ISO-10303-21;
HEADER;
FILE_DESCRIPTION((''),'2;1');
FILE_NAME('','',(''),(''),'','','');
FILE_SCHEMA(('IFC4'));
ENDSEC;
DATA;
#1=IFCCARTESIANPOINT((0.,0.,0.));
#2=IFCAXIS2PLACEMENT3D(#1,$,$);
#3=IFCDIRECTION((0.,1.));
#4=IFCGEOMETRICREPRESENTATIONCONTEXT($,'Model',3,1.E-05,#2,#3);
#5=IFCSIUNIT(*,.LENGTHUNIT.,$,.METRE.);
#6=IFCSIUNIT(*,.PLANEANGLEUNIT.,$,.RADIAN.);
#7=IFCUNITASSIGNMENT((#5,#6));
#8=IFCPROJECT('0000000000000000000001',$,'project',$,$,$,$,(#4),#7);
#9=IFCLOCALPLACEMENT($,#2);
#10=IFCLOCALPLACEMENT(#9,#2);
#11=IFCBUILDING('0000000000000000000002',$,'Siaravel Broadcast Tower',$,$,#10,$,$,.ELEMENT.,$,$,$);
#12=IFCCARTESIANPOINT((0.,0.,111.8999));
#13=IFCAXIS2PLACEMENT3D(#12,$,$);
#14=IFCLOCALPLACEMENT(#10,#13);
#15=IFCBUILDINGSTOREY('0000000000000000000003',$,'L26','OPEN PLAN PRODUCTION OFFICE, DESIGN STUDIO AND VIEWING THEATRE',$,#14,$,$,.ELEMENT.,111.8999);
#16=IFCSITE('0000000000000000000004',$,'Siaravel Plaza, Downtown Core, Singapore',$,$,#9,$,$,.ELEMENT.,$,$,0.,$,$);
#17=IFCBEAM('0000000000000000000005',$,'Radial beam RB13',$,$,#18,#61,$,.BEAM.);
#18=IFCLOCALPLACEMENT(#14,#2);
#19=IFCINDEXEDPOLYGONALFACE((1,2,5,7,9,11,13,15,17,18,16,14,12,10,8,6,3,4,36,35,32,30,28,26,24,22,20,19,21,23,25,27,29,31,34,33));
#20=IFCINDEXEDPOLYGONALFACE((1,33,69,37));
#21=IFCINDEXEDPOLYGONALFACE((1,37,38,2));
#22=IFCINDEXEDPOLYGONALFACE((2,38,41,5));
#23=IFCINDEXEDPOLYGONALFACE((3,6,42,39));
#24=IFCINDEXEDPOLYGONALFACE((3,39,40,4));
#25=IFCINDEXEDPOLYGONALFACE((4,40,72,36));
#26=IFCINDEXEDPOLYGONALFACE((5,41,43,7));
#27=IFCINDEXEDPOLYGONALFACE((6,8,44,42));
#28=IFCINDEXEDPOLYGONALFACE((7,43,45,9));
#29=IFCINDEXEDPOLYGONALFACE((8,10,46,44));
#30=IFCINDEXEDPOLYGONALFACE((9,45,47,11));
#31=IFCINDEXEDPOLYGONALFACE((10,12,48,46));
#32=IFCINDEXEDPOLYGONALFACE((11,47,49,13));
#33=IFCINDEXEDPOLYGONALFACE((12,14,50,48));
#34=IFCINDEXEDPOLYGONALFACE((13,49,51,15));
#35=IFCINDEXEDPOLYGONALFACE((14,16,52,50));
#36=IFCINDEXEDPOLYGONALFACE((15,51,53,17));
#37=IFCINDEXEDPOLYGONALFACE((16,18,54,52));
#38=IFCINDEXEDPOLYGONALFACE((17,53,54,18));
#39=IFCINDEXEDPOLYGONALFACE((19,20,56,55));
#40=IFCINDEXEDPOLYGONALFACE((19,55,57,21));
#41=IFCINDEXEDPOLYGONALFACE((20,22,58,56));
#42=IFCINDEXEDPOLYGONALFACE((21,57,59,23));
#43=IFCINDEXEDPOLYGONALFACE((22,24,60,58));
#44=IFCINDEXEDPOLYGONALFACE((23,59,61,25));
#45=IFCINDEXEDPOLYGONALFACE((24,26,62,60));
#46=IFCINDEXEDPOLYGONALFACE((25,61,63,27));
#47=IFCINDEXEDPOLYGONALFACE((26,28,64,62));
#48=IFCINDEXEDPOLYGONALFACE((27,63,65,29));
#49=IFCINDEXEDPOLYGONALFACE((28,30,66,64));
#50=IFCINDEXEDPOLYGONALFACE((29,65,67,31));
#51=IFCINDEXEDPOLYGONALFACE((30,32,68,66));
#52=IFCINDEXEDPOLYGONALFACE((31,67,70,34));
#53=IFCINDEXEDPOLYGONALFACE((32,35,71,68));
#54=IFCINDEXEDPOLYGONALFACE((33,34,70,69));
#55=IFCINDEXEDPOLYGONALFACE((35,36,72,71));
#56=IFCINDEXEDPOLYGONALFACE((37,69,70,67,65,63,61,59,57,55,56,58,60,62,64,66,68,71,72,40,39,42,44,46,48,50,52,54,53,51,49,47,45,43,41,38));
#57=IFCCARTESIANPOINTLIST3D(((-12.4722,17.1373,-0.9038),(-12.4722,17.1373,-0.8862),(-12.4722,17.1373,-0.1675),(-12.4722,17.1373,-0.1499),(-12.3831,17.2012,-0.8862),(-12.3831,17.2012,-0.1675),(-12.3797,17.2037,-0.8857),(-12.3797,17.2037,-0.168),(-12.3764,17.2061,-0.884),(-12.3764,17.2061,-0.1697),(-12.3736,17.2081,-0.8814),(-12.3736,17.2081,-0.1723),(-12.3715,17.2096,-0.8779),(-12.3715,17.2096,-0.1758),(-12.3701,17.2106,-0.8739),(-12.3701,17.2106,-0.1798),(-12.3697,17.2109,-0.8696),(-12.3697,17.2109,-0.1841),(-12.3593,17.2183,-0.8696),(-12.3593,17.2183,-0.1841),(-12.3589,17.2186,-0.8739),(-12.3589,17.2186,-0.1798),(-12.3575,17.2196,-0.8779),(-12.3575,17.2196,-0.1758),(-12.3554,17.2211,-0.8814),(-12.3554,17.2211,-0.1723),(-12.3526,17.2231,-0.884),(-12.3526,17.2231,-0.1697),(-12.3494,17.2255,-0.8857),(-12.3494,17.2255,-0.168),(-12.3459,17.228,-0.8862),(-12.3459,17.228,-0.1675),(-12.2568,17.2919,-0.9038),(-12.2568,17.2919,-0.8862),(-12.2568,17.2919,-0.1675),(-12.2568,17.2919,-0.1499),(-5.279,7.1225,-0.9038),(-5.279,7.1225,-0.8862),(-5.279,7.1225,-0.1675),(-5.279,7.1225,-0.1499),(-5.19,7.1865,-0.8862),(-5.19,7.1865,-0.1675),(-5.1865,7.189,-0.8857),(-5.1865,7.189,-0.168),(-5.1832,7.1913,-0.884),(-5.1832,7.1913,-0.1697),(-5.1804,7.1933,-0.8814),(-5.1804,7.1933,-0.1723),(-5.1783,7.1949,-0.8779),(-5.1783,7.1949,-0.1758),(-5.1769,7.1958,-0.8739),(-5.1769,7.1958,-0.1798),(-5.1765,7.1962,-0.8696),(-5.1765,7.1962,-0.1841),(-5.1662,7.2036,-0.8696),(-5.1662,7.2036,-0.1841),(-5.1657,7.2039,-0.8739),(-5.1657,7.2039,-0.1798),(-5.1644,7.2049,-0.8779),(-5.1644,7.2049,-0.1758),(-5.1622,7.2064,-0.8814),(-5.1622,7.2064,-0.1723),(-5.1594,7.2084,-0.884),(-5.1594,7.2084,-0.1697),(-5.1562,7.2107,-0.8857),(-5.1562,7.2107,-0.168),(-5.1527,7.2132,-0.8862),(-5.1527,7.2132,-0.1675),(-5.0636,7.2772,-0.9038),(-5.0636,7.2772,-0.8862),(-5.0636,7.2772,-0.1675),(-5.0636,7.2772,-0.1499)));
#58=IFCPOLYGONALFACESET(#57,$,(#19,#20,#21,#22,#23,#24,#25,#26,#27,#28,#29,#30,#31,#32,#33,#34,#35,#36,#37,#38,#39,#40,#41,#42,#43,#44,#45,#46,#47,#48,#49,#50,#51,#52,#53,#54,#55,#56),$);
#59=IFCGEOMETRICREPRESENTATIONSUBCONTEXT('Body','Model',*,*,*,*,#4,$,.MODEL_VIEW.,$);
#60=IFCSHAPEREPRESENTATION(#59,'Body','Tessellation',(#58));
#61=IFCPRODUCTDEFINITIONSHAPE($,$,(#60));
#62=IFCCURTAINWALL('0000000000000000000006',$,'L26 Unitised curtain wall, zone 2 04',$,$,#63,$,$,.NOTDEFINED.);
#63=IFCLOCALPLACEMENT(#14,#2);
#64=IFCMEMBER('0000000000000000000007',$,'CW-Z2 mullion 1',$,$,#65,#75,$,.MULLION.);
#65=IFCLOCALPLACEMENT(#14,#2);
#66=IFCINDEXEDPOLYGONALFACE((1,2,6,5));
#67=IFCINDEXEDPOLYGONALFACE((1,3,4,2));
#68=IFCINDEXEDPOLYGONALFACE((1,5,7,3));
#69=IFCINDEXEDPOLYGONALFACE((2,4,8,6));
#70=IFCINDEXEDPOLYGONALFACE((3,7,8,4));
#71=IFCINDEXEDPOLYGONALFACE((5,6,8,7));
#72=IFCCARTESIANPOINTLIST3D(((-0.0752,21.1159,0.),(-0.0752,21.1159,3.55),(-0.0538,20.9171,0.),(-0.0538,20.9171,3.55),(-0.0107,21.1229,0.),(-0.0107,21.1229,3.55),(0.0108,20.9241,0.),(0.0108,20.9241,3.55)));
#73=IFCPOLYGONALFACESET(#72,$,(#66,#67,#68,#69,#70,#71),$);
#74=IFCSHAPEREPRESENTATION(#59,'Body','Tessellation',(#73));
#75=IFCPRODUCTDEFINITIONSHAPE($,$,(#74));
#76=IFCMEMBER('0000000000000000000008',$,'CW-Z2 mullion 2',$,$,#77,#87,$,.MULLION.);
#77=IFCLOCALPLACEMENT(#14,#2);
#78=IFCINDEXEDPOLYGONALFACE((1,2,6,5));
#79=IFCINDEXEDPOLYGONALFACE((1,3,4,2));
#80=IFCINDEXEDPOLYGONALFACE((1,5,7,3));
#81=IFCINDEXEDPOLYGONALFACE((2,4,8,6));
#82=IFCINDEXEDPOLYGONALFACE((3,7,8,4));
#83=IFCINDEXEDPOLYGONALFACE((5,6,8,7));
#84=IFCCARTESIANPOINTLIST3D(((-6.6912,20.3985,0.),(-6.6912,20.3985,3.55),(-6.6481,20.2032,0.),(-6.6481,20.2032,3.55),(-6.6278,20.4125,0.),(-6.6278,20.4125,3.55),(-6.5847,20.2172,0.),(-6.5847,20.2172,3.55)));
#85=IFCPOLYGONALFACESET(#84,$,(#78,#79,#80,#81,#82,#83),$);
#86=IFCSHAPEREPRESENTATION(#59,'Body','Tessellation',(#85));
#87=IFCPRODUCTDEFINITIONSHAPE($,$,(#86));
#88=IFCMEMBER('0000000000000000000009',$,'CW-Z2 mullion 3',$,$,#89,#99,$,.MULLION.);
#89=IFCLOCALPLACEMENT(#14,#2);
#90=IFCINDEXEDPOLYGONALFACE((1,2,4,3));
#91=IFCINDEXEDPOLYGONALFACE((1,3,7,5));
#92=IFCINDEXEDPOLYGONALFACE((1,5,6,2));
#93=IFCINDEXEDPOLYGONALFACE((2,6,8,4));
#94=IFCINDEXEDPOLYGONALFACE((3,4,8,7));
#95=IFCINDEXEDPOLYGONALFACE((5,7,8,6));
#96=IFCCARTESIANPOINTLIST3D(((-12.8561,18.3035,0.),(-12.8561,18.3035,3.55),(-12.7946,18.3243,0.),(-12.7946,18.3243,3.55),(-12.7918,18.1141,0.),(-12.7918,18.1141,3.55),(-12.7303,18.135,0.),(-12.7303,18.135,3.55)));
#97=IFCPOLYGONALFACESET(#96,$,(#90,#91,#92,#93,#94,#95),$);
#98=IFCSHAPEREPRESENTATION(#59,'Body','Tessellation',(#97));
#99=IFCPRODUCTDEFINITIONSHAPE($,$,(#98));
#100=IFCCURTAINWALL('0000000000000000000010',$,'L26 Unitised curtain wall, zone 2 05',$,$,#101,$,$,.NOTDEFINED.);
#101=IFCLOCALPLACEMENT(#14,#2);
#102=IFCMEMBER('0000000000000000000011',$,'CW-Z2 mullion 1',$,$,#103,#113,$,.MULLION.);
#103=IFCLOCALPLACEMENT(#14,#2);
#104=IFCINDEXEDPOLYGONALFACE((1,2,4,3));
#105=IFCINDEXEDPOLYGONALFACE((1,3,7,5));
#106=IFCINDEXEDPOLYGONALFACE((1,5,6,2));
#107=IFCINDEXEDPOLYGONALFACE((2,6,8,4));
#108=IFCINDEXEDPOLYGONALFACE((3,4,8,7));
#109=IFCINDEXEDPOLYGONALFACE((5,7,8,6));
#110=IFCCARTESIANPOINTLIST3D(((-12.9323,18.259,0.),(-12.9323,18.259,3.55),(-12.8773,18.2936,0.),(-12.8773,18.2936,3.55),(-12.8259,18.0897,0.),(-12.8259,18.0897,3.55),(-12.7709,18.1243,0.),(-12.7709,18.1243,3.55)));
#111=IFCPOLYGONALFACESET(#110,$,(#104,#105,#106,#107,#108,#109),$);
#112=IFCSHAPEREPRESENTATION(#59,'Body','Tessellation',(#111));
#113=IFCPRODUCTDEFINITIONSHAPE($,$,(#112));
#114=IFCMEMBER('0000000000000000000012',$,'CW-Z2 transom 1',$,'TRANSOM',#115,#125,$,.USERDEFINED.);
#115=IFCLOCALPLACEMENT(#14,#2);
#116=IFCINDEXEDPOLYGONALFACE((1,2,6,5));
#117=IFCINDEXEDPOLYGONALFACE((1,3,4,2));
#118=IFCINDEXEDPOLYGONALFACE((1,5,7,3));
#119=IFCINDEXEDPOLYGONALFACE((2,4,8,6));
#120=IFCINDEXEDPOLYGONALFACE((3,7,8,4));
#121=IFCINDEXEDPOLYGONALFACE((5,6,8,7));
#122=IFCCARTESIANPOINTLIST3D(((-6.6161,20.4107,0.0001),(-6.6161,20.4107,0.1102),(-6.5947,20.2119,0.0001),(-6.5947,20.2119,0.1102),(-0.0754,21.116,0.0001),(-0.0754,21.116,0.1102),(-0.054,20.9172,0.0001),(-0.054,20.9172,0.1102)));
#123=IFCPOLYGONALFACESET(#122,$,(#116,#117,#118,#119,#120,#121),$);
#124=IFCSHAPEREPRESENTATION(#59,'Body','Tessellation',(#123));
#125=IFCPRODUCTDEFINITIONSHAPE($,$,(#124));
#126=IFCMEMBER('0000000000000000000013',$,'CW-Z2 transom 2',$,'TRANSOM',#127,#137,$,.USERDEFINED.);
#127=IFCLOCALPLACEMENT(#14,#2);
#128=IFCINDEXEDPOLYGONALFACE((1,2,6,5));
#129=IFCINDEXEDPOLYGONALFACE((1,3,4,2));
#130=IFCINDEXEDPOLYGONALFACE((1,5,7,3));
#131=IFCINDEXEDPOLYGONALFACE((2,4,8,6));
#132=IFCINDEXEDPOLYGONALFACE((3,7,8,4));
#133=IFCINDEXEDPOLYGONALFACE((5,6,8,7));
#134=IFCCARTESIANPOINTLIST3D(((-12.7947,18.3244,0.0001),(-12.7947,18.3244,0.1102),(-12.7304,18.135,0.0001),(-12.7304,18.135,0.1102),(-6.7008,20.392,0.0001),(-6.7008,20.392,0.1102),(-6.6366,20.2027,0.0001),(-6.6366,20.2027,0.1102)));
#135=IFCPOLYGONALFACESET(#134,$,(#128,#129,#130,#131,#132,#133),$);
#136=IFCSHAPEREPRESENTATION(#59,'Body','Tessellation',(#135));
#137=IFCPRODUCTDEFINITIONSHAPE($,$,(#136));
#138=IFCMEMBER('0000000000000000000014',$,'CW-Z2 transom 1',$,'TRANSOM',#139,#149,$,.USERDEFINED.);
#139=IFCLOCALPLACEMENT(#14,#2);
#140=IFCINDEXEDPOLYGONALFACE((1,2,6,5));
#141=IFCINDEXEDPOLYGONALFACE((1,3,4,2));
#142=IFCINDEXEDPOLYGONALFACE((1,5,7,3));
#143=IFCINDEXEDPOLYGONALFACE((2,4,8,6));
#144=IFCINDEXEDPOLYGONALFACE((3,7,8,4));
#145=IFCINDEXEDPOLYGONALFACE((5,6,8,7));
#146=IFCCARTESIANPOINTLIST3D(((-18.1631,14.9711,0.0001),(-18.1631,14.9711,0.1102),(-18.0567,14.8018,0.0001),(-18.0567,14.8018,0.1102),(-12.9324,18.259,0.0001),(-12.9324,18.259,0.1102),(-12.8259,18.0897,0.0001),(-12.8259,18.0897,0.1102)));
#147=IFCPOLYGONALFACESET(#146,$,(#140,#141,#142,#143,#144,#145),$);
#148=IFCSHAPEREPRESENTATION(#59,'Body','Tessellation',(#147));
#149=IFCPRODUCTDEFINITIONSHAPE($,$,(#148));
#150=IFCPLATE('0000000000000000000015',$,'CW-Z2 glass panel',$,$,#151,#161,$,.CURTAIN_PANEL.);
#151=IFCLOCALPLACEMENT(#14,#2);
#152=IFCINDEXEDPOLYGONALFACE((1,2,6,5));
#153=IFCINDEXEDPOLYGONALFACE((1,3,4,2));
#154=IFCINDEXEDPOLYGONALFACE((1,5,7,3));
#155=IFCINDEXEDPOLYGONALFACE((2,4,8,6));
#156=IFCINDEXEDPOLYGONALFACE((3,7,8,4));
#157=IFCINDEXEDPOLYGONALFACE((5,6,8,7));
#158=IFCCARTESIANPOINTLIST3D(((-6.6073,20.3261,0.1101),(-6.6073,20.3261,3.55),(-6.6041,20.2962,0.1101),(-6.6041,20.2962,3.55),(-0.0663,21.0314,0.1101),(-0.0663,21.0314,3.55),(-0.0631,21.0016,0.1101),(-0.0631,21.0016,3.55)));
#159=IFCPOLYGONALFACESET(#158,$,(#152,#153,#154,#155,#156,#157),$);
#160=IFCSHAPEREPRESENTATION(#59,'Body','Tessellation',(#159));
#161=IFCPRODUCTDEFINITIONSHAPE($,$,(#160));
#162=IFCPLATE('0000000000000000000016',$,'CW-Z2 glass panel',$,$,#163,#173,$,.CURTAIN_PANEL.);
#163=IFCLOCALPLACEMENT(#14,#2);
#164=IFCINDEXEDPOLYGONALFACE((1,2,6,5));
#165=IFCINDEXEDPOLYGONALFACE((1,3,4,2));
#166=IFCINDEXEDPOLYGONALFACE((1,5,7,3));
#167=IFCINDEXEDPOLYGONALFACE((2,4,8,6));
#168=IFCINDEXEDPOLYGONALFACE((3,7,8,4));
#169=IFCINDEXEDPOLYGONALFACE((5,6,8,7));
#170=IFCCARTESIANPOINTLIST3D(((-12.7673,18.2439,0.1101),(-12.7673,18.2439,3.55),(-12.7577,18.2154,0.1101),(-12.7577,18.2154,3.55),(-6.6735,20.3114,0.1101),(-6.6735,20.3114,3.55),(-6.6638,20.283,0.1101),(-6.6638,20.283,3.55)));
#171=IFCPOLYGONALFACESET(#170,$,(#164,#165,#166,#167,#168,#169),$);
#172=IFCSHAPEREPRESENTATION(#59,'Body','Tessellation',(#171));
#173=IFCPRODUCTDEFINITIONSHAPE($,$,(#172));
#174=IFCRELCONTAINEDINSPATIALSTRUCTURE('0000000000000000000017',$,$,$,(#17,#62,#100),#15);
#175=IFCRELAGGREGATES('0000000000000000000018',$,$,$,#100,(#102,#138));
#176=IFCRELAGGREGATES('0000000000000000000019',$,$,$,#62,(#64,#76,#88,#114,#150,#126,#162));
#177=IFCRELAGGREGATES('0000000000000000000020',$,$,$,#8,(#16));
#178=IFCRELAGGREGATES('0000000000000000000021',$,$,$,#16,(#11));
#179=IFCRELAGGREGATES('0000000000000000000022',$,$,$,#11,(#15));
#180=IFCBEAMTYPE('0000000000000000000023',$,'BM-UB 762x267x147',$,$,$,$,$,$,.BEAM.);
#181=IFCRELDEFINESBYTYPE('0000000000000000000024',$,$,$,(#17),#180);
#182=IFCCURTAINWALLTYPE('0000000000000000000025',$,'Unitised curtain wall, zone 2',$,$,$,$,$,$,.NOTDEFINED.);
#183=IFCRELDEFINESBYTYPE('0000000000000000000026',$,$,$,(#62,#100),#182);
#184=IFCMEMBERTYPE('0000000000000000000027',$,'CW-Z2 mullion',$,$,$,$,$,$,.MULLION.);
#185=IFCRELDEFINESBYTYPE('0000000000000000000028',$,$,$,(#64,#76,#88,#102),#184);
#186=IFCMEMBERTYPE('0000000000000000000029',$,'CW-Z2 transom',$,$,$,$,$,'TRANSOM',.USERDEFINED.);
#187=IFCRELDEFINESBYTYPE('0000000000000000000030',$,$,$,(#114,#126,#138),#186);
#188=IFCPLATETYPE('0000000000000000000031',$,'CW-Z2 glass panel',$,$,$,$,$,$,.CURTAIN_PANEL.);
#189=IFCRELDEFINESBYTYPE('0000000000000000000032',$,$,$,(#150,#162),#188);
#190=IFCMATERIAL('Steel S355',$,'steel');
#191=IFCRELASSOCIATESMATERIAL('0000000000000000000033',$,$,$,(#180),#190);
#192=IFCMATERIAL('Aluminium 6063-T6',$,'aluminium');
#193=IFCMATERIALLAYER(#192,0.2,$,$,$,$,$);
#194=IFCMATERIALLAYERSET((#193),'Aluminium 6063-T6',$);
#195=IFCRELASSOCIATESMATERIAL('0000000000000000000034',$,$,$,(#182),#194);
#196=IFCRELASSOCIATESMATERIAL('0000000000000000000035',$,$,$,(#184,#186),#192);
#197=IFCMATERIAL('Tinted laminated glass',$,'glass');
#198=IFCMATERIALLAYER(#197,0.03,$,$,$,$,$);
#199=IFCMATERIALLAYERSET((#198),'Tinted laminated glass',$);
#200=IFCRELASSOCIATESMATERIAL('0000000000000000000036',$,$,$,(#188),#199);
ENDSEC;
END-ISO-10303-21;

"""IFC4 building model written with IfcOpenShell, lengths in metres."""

from ifc_helpers import new_model, si_unit, direction, frame, origin, origin_2d, place, context, subcontext, project, spatial, rectangle, i_section, extrude, material, layer, layer_set, material_profile, profile_set, type_object, element, aggregate, save


model = new_model("IFC4")

# Units and contexts
model_context = context("Model", 3, precision=1e-05, world=origin(), true_north=direction((0.0, 1.0)))
body_context = subcontext(model_context, "Body", "Model", "MODEL_VIEW")
ifc_project = project(units=[si_unit("LENGTHUNIT", "METRE"), si_unit("PLANEANGLEUNIT", "RADIAN")], contexts=[model_context])

# Site, building, storey
site_placement = place(None, origin())
site = spatial("IfcSite", under=ifc_project, at=site_placement, Name="Siaravel Plaza, Downtown Core, Singapore", CompositionType="ELEMENT", RefElevation=0.0)
building_placement = place(site_placement, origin())
building = spatial("IfcBuilding", under=site, at=building_placement, Name="Siaravel Broadcast Tower", CompositionType="ELEMENT")
storey_placement = place(building_placement, frame((0.0, 0.0, 111.8999)))
storey = spatial("IfcBuildingStorey", under=building, at=storey_placement, Name="L26", Description="OPEN PLAN PRODUCTION OFFICE, DESIGN STUDIO AND VIEWING THEATRE", CompositionType="ELEMENT", Elevation=111.8999)

# Beam
ifc_material_1 = material(Name="Steel S355", Category="steel")
ifc_material_profile_1 = material_profile(ifc_material_1, i_section(OverallWidth=0.2651, OverallDepth=0.7539, WebThickness=0.0127, FlangeThickness=0.0176, FilletRadius=0.0166, at=origin_2d()))
ifc_profile_set_1 = profile_set([ifc_material_profile_1], Name="Steel S355")
beam_type = type_object("IfcBeamType", Name="BM-UB 762x267x147", PredefinedType="BEAM", material=ifc_profile_set_1)
beam_1_placement = place(storey_placement, frame((-12.3645, 17.2146, -0.5269), z_axis=(0.583373, -0.812204, 0.0), x_axis=(0.812204, 0.583373, 0.0)))
element("IfcBeam", 1, at=beam_1_placement, inside=storey, type_object=beam_type, Name="Radial beam RB13", PredefinedType="BEAM", context=body_context, shape_type="SweptSolid", body=[
    extrude(i_section(OverallWidth=0.2651, OverallDepth=0.7539, WebThickness=0.0127, FlangeThickness=0.0176, FilletRadius=0.0166, at=origin_2d()), origin(), (0.0, 0.0, 1.0), 12.3303),
])

# Curtain wall, members
ifc_material_2 = material(Name="Aluminium 6063-T6", Category="aluminium")
ifc_layer_1 = layer(ifc_material_2, 0.2)
ifc_layer_set_1 = layer_set([ifc_layer_1], Name="Aluminium 6063-T6")
curtain_wall_type = type_object("IfcCurtainWallType", Name="Unitised curtain wall, zone 2", PredefinedType="NOTDEFINED", material=ifc_layer_set_1)
curtain_wall_1_placement = place(storey_placement, origin())
curtain_wall_1 = element("IfcCurtainWall", 2, at=curtain_wall_1_placement, inside=storey, type_object=curtain_wall_type, Name="L26 Unitised curtain wall, zone 2 04", PredefinedType="NOTDEFINED")
ifc_material_profile_2 = material_profile(ifc_material_2, rectangle(XDim=0.2, YDim=0.0649, at=origin_2d()))
ifc_profile_set_2 = profile_set([ifc_material_profile_2], Name="Aluminium 6063-T6")
member_type_1 = type_object("IfcMemberType", Name="CW-Z2 mullion", PredefinedType="MULLION", material=ifc_profile_set_2)
member_1_placement = place(storey_placement, frame((-0.0322, 21.02, 0.0), z_axis=(0.0, 0.0, 1.0), x_axis=(0.107217, -0.994236, 0.0)))
member_1 = element("IfcMember", 3, at=member_1_placement, type_object=member_type_1, Name="CW-Z2 mullion 1", PredefinedType="MULLION", context=body_context, shape_type="SweptSolid", body=[
    extrude(rectangle(XDim=0.2, YDim=0.0649, at=origin_2d()), origin(), (0.0, 0.0, 1.0), 3.55),
])
member_2_placement = place(storey_placement, frame((-6.6379, 20.3079, 0.0), z_axis=(0.0, 0.0, 1.0), x_axis=(0.215558, -0.976491, 0.0)))
member_2 = element("IfcMember", 4, at=member_2_placement, type_object=member_type_1, Name="CW-Z2 mullion 2", PredefinedType="MULLION", context=body_context, shape_type="SweptSolid", body=[
    extrude(rectangle(XDim=0.2, YDim=0.0649, at=origin_2d()), origin(), (0.0, 0.0, 1.0), 3.55),
])
member_3_placement = place(storey_placement, frame((-12.7932, 18.2192, 0.0), z_axis=(0.0, 0.0, 1.0), x_axis=(0.321301, -0.946977, 0.0)))
member_3 = element("IfcMember", 5, at=member_3_placement, type_object=member_type_1, Name="CW-Z2 mullion 3", PredefinedType="MULLION", context=body_context, shape_type="SweptSolid", body=[
    extrude(rectangle(XDim=0.2, YDim=0.0649, at=origin_2d()), origin(), (0.0, 0.0, 1.0), 3.55),
])

# Curtain wall, member
curtain_wall_2_placement = place(storey_placement, origin())
curtain_wall_2 = element("IfcCurtainWall", 6, at=curtain_wall_2_placement, inside=storey, type_object=curtain_wall_type, Name="L26 Unitised curtain wall, zone 2 05", PredefinedType="NOTDEFINED")
member_4_placement = place(storey_placement, frame((-12.8516, 18.1917, 0.0), z_axis=(0.0, 0.0, 1.0), x_axis=(0.532149, -0.846651, 0.0)))
member_4 = element("IfcMember", 7, at=member_4_placement, type_object=member_type_1, Name="CW-Z2 mullion 1", PredefinedType="MULLION", context=body_context, shape_type="SweptSolid", body=[
    extrude(rectangle(XDim=0.2, YDim=0.0649, at=origin_2d()), origin(), (0.0, 0.0, 1.0), 3.55),
])

# Members
ifc_material_profile_3 = material_profile(ifc_material_2, rectangle(XDim=0.2, YDim=0.1101, at=origin_2d()))
ifc_profile_set_3 = profile_set([ifc_material_profile_3], Name="Aluminium 6063-T6")
member_type_2 = type_object("IfcMemberType", Name="CW-Z2 transom", ElementType="TRANSOM", PredefinedType="USERDEFINED", material=ifc_profile_set_3)
member_5_placement = place(storey_placement, frame((-0.0647, 21.0166, 0.0552), z_axis=(-0.994236, -0.107213, 0.0), x_axis=(0.107213, -0.994236, 0.0)))
member_5 = element("IfcMember", 8, at=member_5_placement, type_object=member_type_2, Name="CW-Z2 transom 1", ObjectType="TRANSOM", PredefinedType="USERDEFINED", context=body_context, shape_type="SweptSolid", body=[
    extrude(rectangle(XDim=0.2, YDim=0.1101, at=origin_2d()), origin(), (0.0, 0.0, 1.0), 6.5786),
])
member_6_placement = place(storey_placement, frame((-6.6687, 20.2974, 0.0552), z_axis=(-0.946974, -0.321311, 0.0), x_axis=(0.321311, -0.946974, 0.0)))
member_6 = element("IfcMember", 9, at=member_6_placement, type_object=member_type_2, Name="CW-Z2 transom 2", ObjectType="TRANSOM", PredefinedType="USERDEFINED", context=body_context, shape_type="SweptSolid", body=[
    extrude(rectangle(XDim=0.2, YDim=0.1101, at=origin_2d()), origin(), (0.0, 0.0, 1.0), 6.4351),
])
member_7_placement = place(storey_placement, frame((-12.8792, 18.1743, 0.0552), z_axis=(-0.846639, -0.532167, 0.0), x_axis=(0.532167, -0.846639, 0.0)))
member_7 = element("IfcMember", 10, at=member_7_placement, type_object=member_type_2, Name="CW-Z2 transom 1", ObjectType="TRANSOM", PredefinedType="USERDEFINED", context=body_context, shape_type="SweptSolid", body=[
    extrude(rectangle(XDim=0.2, YDim=0.1101, at=origin_2d()), origin(), (0.0, 0.0, 1.0), 6.1782),
])
aggregate(curtain_wall_2, [member_4, member_7])

# Plates
ifc_material_3 = material(Name="Tinted laminated glass", Category="glass")
ifc_layer_2 = layer(ifc_material_3, 0.03)
ifc_layer_set_2 = layer_set([ifc_layer_2], Name="Tinted laminated glass")
plate_type = type_object("IfcPlateType", Name="CW-Z2 glass panel", PredefinedType="CURTAIN_PANEL", material=ifc_layer_set_2)
plate_1_placement = place(storey_placement, frame((-3.3352, 20.6638, 0.1101), z_axis=(0.0, 0.0, 1.0), x_axis=(-0.994236, -0.107217, 0.0)))
plate_1 = element("IfcPlate", 11, at=plate_1_placement, type_object=plate_type, Name="CW-Z2 glass panel", PredefinedType="CURTAIN_PANEL", context=body_context, shape_type="SweptSolid", body=[
    extrude(rectangle(XDim=6.5789, YDim=0.03, at=origin_2d()), origin(), (0.0, 0.0, 1.0), 3.4399),
])
plate_2_placement = place(storey_placement, frame((-9.7156, 19.2634, 0.1101), z_axis=(0.0, 0.0, 1.0), x_axis=(-0.946977, -0.321301, 0.0)))
plate_2 = element("IfcPlate", 12, at=plate_2_placement, type_object=plate_type, Name="CW-Z2 glass panel", PredefinedType="CURTAIN_PANEL", context=body_context, shape_type="SweptSolid", body=[
    extrude(rectangle(XDim=6.4351, YDim=0.03, at=origin_2d()), origin(), (0.0, 0.0, 1.0), 3.4399),
])
aggregate(curtain_wall_1, [member_1, member_2, member_3, member_5, plate_1, member_6, plate_2])

save(model, "model.ifc")
